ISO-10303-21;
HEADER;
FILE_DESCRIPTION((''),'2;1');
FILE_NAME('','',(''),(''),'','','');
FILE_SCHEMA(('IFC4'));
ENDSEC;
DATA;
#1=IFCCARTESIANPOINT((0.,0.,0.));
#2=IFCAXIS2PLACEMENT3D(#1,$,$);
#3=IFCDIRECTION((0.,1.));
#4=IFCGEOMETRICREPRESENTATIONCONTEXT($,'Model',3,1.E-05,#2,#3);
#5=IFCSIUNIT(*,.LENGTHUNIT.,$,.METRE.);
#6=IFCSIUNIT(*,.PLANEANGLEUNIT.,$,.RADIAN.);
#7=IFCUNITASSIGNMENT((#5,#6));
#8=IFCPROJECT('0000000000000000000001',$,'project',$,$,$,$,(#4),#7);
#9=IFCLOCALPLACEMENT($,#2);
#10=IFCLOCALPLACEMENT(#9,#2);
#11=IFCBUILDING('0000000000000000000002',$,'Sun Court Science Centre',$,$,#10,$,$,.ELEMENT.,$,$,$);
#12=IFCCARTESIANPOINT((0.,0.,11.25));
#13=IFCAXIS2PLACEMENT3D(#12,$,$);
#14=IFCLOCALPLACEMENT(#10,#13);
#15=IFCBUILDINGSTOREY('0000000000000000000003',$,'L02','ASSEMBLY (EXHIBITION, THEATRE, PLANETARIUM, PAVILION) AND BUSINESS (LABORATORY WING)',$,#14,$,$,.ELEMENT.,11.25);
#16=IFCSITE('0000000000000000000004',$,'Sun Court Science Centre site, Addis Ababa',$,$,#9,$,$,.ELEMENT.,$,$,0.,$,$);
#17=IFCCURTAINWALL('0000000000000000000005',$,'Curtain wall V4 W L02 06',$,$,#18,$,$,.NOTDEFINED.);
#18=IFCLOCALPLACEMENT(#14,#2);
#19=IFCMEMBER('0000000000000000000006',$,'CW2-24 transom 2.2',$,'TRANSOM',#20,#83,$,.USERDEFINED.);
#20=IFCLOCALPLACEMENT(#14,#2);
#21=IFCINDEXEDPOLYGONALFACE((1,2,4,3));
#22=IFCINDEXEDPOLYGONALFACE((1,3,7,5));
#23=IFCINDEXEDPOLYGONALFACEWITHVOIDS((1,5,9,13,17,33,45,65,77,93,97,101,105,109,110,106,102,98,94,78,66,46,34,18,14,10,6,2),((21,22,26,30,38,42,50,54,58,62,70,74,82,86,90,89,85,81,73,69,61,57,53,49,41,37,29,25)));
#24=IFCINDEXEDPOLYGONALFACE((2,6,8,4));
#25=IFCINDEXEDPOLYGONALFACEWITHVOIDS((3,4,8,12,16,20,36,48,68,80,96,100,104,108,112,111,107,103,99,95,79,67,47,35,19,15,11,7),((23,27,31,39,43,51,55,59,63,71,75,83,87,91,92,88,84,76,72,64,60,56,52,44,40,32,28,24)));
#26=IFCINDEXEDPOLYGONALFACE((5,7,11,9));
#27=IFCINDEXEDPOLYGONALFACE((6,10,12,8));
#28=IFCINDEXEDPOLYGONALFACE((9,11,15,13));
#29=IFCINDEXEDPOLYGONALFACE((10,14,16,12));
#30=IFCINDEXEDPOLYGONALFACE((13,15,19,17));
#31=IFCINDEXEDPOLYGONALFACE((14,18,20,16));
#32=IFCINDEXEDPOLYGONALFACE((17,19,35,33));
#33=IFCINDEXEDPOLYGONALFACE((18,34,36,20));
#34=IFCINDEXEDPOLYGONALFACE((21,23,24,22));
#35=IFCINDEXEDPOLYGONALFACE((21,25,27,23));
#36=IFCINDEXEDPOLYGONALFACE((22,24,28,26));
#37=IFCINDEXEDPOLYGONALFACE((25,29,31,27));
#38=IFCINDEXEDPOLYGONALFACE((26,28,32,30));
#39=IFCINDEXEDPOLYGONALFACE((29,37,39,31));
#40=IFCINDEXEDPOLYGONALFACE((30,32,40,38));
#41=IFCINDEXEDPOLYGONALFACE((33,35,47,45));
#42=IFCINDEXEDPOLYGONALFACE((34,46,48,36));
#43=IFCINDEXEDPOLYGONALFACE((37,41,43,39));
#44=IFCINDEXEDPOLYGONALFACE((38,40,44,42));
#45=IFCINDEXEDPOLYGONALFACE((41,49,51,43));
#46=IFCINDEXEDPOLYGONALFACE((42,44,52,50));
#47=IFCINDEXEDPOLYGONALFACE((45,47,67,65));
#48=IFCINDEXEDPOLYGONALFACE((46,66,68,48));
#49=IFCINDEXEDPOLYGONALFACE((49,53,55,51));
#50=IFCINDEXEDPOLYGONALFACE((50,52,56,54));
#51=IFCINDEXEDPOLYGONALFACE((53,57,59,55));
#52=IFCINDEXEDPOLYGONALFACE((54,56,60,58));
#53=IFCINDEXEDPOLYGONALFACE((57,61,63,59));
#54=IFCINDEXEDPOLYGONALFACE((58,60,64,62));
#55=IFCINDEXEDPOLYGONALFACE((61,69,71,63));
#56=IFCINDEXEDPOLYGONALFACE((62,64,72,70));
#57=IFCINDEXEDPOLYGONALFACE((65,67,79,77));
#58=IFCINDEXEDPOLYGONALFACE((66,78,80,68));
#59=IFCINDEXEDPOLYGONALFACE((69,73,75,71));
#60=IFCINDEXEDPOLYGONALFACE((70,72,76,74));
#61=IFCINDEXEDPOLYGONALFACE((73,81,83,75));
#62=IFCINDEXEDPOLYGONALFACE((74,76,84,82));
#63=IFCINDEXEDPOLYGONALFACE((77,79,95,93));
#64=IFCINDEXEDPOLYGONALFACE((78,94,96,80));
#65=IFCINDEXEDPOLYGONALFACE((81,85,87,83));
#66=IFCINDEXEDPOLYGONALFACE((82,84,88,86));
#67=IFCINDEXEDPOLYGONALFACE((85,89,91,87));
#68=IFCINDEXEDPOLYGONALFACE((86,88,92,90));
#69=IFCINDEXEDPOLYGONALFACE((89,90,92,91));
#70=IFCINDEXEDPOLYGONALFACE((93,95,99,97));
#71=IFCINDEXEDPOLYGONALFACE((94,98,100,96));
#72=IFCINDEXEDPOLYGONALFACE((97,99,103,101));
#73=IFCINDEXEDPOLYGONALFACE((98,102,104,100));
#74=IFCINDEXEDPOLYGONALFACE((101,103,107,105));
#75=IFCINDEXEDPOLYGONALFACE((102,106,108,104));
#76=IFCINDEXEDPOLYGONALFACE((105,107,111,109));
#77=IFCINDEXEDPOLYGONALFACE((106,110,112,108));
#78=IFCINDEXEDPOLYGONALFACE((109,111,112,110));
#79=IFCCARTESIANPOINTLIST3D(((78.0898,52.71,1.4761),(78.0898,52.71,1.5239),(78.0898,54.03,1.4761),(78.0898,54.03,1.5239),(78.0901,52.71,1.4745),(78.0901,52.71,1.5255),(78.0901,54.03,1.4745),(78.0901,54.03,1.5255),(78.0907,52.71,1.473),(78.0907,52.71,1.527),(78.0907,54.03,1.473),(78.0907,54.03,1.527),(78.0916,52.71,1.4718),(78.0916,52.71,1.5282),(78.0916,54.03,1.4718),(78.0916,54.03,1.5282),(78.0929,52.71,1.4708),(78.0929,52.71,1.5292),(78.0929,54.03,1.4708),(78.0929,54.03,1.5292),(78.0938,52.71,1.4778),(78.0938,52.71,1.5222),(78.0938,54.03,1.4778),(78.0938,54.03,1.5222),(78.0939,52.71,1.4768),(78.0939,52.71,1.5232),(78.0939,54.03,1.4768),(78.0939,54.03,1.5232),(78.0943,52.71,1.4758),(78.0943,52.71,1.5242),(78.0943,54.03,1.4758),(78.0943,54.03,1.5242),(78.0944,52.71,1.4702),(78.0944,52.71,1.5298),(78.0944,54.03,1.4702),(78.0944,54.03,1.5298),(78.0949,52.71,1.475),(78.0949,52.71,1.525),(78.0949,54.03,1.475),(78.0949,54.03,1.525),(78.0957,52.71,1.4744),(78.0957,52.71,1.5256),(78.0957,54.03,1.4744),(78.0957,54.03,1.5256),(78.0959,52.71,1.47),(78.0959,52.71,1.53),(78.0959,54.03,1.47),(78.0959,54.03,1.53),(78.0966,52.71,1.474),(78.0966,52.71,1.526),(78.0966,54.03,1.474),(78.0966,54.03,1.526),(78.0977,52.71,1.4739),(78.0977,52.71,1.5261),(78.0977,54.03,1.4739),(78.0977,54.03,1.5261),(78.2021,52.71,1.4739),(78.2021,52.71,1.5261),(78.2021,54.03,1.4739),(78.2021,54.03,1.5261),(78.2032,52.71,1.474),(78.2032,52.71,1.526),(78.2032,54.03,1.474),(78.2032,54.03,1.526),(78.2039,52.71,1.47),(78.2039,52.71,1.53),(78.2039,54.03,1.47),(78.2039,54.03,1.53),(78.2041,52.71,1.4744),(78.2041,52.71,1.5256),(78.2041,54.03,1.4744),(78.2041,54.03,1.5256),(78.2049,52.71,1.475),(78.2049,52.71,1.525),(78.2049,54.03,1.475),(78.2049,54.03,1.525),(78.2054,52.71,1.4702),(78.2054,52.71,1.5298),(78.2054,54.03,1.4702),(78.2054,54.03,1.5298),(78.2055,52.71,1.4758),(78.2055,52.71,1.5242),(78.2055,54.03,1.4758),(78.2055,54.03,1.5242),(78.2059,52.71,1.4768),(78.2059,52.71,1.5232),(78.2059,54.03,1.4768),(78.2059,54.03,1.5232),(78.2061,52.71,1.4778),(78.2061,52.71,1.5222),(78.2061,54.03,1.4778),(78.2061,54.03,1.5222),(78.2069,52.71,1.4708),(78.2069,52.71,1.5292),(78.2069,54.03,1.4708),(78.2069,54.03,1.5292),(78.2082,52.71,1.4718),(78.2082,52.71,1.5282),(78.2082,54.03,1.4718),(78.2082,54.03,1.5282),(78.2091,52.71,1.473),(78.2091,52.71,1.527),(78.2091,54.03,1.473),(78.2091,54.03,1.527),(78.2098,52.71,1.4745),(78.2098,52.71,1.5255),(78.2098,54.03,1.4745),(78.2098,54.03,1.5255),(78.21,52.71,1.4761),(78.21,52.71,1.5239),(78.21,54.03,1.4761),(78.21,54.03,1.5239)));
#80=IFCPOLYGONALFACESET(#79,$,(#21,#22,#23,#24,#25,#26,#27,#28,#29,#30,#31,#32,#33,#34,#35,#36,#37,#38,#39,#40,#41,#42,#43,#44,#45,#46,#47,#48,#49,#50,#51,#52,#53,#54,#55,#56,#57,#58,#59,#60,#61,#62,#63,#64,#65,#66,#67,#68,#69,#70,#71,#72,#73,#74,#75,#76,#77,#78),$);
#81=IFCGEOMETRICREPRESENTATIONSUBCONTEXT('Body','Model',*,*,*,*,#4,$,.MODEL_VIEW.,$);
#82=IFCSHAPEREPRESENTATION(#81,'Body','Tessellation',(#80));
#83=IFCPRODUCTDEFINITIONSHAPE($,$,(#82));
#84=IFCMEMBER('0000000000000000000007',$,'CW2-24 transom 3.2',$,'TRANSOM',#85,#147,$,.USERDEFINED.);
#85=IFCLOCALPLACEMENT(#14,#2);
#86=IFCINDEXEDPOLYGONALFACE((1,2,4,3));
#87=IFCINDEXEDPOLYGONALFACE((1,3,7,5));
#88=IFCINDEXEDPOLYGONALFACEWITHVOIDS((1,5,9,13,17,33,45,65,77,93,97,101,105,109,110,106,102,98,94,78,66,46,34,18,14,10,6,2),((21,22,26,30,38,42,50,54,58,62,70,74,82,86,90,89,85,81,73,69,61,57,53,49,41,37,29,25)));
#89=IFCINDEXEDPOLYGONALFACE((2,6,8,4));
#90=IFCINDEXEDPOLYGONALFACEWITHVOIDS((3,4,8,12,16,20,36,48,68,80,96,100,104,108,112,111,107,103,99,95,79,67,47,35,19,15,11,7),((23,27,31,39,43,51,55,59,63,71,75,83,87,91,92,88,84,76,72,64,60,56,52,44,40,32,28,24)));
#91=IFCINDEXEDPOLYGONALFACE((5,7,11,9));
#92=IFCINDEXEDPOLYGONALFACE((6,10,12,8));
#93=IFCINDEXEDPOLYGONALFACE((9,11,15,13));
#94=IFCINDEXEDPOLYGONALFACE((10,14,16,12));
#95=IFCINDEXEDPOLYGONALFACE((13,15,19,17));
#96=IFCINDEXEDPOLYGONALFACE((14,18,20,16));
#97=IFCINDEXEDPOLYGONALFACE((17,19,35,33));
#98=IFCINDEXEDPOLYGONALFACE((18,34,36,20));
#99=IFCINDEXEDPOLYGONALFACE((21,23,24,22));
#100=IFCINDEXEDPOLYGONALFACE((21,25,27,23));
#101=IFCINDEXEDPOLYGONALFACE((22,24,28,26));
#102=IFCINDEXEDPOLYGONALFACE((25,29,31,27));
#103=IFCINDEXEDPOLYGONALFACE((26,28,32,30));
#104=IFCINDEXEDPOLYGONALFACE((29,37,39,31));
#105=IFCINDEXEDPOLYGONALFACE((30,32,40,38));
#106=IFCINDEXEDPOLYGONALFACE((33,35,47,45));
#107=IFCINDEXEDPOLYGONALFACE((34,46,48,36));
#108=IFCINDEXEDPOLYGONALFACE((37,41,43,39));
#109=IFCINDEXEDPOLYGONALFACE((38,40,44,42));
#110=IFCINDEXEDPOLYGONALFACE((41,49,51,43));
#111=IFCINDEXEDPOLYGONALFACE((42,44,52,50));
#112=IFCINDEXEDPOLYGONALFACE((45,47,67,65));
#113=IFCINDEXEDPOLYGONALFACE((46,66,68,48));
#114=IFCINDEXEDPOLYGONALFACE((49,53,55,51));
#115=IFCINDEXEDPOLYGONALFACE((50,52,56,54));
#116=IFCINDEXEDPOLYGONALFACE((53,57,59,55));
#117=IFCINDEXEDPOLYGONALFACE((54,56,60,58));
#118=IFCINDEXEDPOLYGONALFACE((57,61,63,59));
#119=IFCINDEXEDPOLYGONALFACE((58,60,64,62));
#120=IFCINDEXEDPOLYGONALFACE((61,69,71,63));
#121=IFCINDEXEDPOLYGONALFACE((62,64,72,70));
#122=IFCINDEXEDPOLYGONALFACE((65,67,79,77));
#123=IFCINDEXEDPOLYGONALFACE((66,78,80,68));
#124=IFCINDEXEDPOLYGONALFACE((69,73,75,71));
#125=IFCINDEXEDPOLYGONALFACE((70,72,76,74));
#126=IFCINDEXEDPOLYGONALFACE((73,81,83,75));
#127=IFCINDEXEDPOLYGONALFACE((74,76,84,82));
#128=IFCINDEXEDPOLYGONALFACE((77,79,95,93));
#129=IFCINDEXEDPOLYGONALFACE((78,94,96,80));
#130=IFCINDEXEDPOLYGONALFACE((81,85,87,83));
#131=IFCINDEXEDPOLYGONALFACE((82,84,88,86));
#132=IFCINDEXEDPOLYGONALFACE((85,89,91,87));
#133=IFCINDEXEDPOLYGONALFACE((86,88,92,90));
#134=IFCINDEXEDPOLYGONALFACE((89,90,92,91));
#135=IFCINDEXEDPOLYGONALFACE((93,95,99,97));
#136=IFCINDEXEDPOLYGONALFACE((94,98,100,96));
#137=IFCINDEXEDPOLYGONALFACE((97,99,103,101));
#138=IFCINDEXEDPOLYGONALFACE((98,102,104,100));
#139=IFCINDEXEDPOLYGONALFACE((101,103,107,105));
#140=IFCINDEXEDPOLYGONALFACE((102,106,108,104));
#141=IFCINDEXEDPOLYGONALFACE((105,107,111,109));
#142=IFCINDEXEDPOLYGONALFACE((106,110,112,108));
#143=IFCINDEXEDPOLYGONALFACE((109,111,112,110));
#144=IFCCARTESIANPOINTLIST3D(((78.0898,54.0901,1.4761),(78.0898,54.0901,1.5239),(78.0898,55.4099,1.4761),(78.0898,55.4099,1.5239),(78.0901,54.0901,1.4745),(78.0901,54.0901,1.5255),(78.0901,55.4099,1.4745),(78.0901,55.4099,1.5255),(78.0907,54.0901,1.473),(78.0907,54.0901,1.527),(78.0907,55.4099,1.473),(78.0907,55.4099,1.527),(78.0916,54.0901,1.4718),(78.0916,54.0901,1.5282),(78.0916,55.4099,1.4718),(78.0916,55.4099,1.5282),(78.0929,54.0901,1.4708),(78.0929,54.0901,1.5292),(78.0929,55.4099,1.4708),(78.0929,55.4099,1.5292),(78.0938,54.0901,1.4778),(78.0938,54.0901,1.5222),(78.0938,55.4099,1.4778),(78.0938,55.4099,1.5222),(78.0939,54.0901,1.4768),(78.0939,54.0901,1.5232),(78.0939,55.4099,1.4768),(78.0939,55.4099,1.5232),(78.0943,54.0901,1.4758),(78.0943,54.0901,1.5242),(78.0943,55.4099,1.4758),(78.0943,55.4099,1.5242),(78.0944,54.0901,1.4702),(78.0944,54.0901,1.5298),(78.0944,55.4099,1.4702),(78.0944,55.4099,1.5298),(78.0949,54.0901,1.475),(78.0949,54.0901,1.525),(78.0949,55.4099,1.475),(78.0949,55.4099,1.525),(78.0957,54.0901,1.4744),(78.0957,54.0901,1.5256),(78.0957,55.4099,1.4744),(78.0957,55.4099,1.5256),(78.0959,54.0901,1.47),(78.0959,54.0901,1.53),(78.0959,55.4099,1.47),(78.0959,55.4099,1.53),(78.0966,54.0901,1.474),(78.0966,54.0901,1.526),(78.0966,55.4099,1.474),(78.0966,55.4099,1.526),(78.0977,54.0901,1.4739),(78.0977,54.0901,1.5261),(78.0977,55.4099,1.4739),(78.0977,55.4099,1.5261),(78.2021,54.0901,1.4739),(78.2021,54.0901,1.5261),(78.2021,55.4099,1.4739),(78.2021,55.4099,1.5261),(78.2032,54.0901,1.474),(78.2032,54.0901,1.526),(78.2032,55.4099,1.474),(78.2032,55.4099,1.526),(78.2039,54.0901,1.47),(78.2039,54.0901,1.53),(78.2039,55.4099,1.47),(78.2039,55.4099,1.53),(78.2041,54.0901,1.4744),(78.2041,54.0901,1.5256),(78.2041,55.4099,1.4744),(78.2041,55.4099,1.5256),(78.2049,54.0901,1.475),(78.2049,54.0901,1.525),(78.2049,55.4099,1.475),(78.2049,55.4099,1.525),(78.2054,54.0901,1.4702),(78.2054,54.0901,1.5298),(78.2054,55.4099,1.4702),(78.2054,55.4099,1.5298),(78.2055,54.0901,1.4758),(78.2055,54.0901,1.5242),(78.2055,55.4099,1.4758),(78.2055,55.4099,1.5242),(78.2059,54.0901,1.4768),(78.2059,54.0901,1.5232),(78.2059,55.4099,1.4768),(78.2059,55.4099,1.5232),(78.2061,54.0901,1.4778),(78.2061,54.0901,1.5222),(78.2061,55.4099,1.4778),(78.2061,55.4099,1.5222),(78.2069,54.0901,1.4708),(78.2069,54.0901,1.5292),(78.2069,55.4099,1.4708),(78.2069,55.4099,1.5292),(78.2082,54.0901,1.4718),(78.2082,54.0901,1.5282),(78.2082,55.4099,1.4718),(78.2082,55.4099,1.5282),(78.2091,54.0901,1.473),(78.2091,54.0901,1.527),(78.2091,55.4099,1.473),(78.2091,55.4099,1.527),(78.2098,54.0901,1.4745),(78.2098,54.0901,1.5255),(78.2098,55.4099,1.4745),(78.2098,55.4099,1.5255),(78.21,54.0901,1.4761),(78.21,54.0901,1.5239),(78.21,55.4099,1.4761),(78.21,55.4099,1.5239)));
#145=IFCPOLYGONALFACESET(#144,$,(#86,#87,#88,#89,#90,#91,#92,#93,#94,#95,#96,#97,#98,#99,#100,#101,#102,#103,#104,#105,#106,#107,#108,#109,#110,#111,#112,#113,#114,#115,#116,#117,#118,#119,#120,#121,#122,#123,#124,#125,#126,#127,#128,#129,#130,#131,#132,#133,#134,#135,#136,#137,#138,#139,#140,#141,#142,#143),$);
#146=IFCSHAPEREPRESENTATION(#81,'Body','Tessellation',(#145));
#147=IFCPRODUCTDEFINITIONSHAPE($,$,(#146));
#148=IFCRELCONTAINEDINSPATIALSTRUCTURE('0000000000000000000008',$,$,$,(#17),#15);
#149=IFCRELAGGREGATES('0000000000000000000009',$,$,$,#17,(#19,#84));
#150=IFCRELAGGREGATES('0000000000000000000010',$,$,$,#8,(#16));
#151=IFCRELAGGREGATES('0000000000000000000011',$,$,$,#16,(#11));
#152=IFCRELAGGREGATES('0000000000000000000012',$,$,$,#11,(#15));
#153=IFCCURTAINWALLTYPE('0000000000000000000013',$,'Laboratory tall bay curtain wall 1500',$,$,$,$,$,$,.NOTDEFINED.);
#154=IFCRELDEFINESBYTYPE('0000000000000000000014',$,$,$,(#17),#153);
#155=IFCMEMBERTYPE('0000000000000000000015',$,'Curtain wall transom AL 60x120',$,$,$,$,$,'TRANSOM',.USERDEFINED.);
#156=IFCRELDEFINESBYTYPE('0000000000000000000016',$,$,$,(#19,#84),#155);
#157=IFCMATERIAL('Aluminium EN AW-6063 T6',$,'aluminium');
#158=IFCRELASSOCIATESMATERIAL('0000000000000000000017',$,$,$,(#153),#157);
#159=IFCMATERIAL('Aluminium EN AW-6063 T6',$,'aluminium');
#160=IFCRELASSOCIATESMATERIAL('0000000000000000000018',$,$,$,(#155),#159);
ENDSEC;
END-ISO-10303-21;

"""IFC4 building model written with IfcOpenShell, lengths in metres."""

from ifc_helpers import new_model, si_unit, direction, frame, origin, origin_2d, place, context, subcontext, project, spatial, hollow_rectangle, extrude, material, material_profile, profile_set, type_object, element, aggregate, save


model = new_model("IFC4")

# Units and contexts
model_context = context("Model", 3, precision=1e-05, world=origin(), true_north=direction((0.0, 1.0)))
body_context = subcontext(model_context, "Body", "Model", "MODEL_VIEW")
ifc_project = project(units=[si_unit("LENGTHUNIT", "METRE"), si_unit("PLANEANGLEUNIT", "RADIAN")], contexts=[model_context])

# Site, building, storey
site_placement = place(None, origin())
site = spatial("IfcSite", under=ifc_project, at=site_placement, Name="Sun Court Science Centre site, Addis Ababa", CompositionType="ELEMENT", RefElevation=0.0)
building_placement = place(site_placement, origin())
building = spatial("IfcBuilding", under=site, at=building_placement, Name="Sun Court Science Centre", CompositionType="ELEMENT")
storey_placement = place(building_placement, frame((0.0, 0.0, 11.25)))
storey = spatial("IfcBuildingStorey", under=building, at=storey_placement, Name="L02", Description="ASSEMBLY (EXHIBITION, THEATRE, PLANETARIUM, PAVILION) AND BUSINESS (LABORATORY WING)", CompositionType="ELEMENT", Elevation=11.25)

# Shared definitions
ifc_material_1 = material(Name="Aluminium EN AW-6063 T6", Category="aluminium")
curtain_wall_type = type_object("IfcCurtainWallType", Name="Laboratory tall bay curtain wall 1500", PredefinedType="NOTDEFINED", material=ifc_material_1)

# Curtain wall, members
curtain_wall_1_placement = place(storey_placement, origin())
curtain_wall_1 = element("IfcCurtainWall", 1, at=curtain_wall_1_placement, inside=storey, type_object=curtain_wall_type, Name="Curtain wall V4 W L02 06", PredefinedType="NOTDEFINED")
ifc_material_2 = material(Name="Aluminium EN AW-6063 T6", Category="aluminium")
ifc_material_profile_1 = material_profile(ifc_material_2, hollow_rectangle(XDim=0.0601, YDim=0.1201, WallThickness=0.0039, InnerFilletRadius=0.0039, OuterFilletRadius=0.0061, at=origin_2d()), Name="AL 60x120x4")
ifc_profile_set_1 = profile_set([ifc_material_profile_1], Name="Aluminium EN AW-6063 T6")
member_type_1 = type_object("IfcMemberType", Name="Curtain wall transom AL 60x120", ElementType="TRANSOM", PredefinedType="USERDEFINED", material=ifc_profile_set_1)
member_1_placement = place(storey_placement, frame((78.1499, 52.71, 1.5), z_axis=(0.0, 1.0, 0.0), x_axis=(0.0, 0.0, 1.0)))
member_1 = element("IfcMember", 2, at=member_1_placement, type_object=member_type_1, Name="CW2-24 transom 2.2", ObjectType="TRANSOM", PredefinedType="USERDEFINED", context=body_context, shape_type="SweptSolid", body=[
    extrude(hollow_rectangle(XDim=0.0601, YDim=0.1201, WallThickness=0.0039, InnerFilletRadius=0.0039, OuterFilletRadius=0.0061, at=origin_2d()), origin(), (0.0, 0.0, 1.0), 1.3201),
])
member_2_placement = place(storey_placement, frame((78.1499, 54.0901, 1.5), z_axis=(0.0, 1.0, 0.0), x_axis=(0.0, 0.0, 1.0)))
member_2 = element("IfcMember", 3, at=member_2_placement, type_object=member_type_1, Name="CW2-24 transom 3.2", ObjectType="TRANSOM", PredefinedType="USERDEFINED", context=body_context, shape_type="SweptSolid", body=[
    extrude(hollow_rectangle(XDim=0.0601, YDim=0.1201, WallThickness=0.0039, InnerFilletRadius=0.0039, OuterFilletRadius=0.0061, at=origin_2d()), origin(), (0.0, 0.0, 1.0), 1.3198),
])
aggregate(curtain_wall_1, [member_1, member_2])

save(model, "model.ifc")
